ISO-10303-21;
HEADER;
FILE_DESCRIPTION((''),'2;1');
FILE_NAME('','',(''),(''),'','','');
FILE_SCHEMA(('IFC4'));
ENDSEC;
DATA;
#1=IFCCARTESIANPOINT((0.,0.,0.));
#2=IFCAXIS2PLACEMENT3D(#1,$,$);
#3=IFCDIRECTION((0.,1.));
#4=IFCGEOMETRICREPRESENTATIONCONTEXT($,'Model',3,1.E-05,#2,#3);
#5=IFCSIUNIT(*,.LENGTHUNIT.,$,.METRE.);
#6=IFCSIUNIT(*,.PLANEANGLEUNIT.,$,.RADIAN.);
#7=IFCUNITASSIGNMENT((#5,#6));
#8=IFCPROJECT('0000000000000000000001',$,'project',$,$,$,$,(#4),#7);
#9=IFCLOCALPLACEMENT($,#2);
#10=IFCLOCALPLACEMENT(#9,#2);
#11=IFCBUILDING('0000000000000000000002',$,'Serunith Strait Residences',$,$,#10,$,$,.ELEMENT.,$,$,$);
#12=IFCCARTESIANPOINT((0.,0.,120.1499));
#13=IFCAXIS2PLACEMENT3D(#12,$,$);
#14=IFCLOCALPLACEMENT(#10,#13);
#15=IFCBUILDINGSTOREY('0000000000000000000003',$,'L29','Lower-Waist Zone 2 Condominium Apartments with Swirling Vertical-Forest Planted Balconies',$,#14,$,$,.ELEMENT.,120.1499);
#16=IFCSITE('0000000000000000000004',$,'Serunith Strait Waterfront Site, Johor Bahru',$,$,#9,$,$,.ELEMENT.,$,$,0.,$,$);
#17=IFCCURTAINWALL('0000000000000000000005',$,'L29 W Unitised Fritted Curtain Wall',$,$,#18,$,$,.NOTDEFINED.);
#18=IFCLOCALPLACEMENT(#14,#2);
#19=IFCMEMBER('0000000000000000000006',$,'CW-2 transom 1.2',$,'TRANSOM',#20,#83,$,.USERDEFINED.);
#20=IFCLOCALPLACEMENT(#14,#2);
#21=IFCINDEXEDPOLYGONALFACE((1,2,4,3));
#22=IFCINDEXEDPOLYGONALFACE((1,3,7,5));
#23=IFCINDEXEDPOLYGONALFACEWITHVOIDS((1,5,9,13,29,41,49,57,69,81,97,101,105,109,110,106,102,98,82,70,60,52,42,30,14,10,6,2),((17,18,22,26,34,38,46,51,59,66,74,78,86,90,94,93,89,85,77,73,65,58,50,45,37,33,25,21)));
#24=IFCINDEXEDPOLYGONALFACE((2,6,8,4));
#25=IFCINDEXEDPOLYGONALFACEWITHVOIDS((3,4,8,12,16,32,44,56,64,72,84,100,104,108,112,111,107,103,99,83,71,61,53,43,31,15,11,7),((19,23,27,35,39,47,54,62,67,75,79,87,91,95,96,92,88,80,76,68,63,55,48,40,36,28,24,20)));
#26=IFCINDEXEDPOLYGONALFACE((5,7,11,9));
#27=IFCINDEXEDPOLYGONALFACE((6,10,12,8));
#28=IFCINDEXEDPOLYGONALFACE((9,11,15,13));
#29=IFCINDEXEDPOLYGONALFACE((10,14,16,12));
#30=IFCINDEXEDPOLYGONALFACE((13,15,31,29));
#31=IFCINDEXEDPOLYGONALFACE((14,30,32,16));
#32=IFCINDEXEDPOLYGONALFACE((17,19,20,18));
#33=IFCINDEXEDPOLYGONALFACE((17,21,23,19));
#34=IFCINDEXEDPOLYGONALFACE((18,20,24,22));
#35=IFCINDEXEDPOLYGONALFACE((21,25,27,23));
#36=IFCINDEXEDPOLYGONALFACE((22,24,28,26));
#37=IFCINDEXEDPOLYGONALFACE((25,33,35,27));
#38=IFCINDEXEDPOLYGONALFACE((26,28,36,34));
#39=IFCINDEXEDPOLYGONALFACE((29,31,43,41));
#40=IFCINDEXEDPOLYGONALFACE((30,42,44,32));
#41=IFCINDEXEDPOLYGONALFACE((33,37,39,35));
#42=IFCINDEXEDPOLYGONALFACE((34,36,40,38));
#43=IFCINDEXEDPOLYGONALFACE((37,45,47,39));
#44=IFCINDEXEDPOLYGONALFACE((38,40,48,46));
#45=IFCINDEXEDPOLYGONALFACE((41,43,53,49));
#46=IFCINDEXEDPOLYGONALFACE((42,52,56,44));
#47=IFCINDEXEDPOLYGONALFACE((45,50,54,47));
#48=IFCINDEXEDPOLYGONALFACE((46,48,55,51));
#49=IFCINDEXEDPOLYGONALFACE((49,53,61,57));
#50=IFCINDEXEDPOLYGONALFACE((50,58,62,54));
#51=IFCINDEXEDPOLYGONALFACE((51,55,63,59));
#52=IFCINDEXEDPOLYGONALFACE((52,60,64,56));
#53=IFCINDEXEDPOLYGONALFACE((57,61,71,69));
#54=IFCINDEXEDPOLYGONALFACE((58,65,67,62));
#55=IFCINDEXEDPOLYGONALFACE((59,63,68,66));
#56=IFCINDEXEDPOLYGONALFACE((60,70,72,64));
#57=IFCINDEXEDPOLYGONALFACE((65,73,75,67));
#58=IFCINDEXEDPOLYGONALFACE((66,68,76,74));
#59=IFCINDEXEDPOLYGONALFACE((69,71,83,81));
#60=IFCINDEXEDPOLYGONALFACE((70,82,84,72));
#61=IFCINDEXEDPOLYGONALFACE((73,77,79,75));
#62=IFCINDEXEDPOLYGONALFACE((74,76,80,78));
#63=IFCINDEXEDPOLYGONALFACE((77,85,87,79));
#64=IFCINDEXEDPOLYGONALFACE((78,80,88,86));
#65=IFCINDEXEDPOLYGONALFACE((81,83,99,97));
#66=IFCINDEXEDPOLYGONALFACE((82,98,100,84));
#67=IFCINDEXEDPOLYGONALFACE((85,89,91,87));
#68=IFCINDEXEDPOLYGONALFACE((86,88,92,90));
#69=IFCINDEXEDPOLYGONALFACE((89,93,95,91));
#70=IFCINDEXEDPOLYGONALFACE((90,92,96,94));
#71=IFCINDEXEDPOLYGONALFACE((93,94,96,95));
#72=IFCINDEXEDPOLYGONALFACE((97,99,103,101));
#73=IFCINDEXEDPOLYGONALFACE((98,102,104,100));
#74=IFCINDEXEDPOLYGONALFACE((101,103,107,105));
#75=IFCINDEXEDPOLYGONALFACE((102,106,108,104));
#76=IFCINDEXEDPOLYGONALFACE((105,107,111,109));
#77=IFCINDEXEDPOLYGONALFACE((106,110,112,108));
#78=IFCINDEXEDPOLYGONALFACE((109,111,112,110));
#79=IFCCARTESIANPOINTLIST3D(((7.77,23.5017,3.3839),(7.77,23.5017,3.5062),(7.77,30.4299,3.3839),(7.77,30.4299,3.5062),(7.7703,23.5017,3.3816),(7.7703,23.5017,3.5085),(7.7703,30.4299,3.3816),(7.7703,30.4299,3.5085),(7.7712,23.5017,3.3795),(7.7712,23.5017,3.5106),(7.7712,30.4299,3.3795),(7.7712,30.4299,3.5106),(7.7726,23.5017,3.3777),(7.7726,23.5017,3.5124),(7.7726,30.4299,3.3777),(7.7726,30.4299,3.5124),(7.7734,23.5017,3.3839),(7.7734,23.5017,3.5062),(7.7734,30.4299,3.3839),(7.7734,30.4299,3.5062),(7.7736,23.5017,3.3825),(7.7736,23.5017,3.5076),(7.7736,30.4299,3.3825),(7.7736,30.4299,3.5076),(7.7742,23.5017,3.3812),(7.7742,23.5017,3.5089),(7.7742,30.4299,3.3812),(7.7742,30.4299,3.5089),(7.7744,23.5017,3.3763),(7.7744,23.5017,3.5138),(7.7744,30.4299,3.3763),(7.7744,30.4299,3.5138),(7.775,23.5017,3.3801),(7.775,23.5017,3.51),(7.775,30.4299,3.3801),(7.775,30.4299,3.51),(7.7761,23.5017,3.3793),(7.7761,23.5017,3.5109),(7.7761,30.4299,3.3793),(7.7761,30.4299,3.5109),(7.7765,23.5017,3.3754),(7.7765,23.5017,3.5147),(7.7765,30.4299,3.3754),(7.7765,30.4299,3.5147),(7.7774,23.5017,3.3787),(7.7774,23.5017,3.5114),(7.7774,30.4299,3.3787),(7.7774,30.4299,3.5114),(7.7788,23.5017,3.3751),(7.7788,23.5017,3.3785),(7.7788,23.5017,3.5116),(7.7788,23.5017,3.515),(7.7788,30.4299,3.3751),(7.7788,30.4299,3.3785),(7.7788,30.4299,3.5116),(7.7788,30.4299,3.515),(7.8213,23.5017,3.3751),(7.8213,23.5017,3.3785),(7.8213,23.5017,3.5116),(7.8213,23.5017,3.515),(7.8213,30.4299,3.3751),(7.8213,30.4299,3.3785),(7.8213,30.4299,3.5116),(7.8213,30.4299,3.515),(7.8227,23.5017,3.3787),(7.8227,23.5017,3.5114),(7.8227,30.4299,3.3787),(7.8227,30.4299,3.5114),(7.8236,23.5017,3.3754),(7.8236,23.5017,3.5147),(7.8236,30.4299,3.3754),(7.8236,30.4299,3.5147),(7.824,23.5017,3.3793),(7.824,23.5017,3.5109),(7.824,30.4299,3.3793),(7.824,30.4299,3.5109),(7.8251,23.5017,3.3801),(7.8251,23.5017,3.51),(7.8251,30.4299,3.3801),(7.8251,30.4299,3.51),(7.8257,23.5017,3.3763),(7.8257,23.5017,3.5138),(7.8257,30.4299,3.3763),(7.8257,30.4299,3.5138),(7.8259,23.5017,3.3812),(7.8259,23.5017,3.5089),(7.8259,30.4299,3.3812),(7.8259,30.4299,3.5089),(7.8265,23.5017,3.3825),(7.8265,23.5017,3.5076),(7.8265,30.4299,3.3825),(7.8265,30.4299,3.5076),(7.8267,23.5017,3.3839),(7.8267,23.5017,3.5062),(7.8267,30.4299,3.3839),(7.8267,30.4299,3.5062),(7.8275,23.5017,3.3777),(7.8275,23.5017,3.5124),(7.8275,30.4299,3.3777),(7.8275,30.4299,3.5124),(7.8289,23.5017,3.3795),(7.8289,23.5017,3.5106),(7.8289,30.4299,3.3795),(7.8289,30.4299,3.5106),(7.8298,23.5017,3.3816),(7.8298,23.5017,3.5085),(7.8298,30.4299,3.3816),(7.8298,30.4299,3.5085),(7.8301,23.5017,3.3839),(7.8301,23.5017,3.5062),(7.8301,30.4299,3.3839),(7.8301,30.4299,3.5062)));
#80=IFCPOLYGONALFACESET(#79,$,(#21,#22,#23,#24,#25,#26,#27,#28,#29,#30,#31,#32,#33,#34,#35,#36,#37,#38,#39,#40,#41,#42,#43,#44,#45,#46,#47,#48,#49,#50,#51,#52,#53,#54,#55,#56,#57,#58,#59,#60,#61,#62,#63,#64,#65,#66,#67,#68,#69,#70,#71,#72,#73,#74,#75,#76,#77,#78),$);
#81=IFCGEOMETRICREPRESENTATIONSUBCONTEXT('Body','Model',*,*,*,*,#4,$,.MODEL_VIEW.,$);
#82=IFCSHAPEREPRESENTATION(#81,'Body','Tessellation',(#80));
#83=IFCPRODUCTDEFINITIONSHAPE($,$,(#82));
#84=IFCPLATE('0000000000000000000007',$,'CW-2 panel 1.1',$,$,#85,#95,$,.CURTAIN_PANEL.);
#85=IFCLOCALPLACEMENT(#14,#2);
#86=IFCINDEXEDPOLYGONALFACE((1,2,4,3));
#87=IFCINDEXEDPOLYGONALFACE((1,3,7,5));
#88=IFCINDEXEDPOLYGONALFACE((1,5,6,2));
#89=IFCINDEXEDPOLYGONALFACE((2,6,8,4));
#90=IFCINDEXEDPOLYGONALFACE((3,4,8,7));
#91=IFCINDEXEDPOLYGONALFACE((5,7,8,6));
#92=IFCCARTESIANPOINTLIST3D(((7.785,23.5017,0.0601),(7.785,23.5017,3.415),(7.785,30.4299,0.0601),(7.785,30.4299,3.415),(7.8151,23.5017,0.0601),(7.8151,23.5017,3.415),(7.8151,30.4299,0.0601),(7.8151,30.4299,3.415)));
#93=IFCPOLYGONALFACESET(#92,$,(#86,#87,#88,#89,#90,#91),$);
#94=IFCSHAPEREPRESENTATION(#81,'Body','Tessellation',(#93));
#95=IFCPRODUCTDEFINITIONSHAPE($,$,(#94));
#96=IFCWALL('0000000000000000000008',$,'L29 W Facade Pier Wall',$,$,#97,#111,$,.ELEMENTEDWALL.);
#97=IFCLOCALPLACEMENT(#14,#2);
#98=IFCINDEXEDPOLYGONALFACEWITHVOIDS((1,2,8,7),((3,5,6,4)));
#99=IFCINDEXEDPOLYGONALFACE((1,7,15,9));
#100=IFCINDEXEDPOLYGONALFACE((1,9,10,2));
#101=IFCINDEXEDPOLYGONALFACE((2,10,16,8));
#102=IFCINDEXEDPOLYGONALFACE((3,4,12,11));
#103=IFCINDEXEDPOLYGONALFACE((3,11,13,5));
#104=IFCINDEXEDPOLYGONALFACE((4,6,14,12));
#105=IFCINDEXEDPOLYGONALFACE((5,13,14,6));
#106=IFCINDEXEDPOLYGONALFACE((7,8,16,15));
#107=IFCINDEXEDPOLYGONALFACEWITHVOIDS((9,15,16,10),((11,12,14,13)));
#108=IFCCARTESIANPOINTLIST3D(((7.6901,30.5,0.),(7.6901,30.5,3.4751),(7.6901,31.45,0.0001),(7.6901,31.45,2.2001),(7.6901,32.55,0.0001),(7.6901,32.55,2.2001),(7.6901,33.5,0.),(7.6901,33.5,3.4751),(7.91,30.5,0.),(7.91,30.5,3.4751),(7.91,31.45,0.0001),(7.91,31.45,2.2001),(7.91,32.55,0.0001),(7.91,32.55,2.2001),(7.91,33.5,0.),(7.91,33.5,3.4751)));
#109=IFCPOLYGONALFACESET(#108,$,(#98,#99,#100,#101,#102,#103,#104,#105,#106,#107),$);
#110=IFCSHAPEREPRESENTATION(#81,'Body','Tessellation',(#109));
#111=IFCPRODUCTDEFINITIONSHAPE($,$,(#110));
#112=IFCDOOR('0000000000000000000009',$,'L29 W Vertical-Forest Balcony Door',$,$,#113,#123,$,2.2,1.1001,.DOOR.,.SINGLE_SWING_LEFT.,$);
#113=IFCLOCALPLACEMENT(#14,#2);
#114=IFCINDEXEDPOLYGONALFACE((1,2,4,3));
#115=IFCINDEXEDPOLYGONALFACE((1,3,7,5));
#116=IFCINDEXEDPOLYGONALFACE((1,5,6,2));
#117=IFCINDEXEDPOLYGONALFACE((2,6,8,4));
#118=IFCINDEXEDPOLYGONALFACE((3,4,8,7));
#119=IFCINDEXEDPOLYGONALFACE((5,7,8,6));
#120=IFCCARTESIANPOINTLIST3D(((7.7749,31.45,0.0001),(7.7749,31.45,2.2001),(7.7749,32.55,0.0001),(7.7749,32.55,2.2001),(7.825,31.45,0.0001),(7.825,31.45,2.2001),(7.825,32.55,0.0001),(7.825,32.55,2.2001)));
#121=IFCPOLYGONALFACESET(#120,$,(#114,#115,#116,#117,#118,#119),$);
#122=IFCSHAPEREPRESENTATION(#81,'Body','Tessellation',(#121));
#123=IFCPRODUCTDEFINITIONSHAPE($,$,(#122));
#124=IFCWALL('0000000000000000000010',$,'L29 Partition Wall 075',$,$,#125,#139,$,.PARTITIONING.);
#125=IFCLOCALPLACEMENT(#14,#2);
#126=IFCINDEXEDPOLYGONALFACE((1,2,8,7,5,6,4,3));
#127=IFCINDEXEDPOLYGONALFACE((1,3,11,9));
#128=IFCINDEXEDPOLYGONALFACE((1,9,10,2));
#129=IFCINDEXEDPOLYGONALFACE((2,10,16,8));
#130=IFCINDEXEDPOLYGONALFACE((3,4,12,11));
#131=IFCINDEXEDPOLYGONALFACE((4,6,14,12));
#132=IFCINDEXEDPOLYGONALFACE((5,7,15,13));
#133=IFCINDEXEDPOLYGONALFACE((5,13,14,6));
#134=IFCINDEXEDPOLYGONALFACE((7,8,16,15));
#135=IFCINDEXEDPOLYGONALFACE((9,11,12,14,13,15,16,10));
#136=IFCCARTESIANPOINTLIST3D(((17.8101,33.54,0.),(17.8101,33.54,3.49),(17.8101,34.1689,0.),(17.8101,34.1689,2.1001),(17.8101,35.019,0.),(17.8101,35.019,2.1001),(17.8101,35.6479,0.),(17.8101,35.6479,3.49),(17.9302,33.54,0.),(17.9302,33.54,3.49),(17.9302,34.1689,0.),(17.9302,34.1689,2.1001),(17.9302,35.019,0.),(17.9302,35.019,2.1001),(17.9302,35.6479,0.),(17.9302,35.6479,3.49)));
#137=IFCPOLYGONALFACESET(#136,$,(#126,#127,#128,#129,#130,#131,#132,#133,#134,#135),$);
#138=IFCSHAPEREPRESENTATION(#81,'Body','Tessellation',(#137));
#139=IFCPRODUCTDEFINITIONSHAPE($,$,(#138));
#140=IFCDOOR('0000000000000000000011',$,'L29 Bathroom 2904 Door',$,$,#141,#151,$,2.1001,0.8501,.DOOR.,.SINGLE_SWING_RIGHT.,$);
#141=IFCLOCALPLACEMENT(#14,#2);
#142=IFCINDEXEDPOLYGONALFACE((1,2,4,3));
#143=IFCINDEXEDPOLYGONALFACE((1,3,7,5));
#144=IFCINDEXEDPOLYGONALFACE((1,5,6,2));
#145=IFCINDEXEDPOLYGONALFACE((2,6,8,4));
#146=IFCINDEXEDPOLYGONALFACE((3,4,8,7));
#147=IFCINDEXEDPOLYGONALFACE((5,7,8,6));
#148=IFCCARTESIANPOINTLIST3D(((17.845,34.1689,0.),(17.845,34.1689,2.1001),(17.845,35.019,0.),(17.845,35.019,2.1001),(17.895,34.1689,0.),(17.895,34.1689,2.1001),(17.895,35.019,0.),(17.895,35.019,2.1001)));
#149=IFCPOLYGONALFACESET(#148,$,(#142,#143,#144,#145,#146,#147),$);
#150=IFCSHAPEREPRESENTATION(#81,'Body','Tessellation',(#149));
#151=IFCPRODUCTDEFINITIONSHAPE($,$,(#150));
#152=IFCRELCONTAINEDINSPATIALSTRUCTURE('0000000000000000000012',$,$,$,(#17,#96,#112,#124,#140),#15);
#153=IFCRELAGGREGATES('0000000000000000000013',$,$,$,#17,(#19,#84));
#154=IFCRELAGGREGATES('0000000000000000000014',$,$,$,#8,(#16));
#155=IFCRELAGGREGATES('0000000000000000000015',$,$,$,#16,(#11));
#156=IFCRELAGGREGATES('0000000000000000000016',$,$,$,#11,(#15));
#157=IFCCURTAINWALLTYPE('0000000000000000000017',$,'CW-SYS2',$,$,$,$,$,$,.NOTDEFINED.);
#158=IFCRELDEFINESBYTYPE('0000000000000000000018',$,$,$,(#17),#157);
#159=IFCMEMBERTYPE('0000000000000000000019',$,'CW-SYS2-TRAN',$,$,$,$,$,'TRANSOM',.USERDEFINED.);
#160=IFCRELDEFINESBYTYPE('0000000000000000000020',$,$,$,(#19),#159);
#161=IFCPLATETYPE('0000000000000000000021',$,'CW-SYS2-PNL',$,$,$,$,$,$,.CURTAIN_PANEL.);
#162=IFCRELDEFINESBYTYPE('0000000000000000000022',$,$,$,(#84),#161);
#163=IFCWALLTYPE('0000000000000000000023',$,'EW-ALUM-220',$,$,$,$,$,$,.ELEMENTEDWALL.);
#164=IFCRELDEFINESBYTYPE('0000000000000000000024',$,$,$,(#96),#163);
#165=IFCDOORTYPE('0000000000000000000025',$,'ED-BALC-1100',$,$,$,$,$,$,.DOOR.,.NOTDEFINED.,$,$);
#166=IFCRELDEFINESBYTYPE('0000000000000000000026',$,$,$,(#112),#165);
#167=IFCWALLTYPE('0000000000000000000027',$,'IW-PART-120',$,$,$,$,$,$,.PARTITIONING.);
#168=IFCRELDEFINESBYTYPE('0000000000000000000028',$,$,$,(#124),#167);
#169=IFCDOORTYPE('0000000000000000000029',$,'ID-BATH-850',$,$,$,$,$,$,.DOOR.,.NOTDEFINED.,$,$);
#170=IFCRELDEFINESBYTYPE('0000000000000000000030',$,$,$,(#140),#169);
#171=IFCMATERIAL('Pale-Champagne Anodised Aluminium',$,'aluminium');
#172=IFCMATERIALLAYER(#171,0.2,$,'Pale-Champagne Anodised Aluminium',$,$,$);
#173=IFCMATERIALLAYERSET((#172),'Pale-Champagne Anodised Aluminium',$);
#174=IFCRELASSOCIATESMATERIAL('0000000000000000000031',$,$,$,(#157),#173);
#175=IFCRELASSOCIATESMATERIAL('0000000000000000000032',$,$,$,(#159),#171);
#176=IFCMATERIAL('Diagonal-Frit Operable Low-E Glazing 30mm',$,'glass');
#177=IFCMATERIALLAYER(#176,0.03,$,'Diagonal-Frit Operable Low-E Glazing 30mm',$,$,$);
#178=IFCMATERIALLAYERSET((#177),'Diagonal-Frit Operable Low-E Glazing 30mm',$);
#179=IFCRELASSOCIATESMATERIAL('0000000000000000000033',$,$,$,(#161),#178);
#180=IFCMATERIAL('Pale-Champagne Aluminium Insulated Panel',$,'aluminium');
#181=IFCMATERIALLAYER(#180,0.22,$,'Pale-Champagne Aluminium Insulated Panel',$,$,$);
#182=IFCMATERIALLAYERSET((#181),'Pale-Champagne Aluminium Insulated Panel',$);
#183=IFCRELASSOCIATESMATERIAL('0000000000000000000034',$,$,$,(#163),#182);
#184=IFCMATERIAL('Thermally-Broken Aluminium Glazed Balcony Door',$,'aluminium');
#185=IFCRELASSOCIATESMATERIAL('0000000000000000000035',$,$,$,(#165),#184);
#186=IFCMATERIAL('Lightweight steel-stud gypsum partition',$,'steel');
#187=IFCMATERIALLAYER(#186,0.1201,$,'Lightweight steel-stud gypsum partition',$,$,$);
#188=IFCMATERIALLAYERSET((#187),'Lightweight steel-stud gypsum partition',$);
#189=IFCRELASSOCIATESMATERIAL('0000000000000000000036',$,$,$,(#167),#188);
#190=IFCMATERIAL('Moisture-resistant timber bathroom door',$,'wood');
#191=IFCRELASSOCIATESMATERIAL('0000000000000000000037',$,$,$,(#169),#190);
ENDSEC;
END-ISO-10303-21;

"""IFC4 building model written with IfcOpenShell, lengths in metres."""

from ifc_helpers import new_model, si_unit, direction, frame, frame_2d, origin, origin_2d, place, context, subcontext, project, spatial, rectangle, hollow_rectangle, extrude, source, transform, mapped, material, layer, layer_set, material_profile, profile_set, type_object, element, fill, aggregate, save


model = new_model("IFC4")

# Units and contexts
model_context = context("Model", 3, precision=1e-05, world=origin(), true_north=direction((0.0, 1.0)))
body_context = subcontext(model_context, "Body", "Model", "MODEL_VIEW")
ifc_project = project(units=[si_unit("LENGTHUNIT", "METRE"), si_unit("PLANEANGLEUNIT", "RADIAN")], contexts=[model_context])

# Site, building, storey
site_placement = place(None, origin())
site = spatial("IfcSite", under=ifc_project, at=site_placement, Name="Serunith Strait Waterfront Site, Johor Bahru", CompositionType="ELEMENT", RefElevation=0.0)
building_placement = place(site_placement, origin())
building = spatial("IfcBuilding", under=site, at=building_placement, Name="Serunith Strait Residences", CompositionType="ELEMENT")
storey_placement = place(building_placement, frame((0.0, 0.0, 120.1499)))
storey = spatial("IfcBuildingStorey", under=building, at=storey_placement, Name="L29", Description="Lower-Waist Zone 2 Condominium Apartments with Swirling Vertical-Forest Planted Balconies", CompositionType="ELEMENT", Elevation=120.1499)

# Shared definitions
ifc_material_1 = material(Name="Pale-Champagne Anodised Aluminium", Category="aluminium")
ifc_layer_1 = layer(ifc_material_1, 0.2, Name="Pale-Champagne Anodised Aluminium")
ifc_layer_set_1 = layer_set([ifc_layer_1], Name="Pale-Champagne Anodised Aluminium")
curtain_wall_type = type_object("IfcCurtainWallType", Name="CW-SYS2", PredefinedType="NOTDEFINED", material=ifc_layer_set_1)

# Curtain wall, member, plate
curtain_wall_1_placement = place(storey_placement, origin())
curtain_wall_1 = element("IfcCurtainWall", 1, at=curtain_wall_1_placement, inside=storey, type_object=curtain_wall_type, Name="L29 W Unitised Fritted Curtain Wall", PredefinedType="NOTDEFINED")
ifc_material_profile_1 = material_profile(ifc_material_1, hollow_rectangle(XDim=0.0601, YDim=0.1399, WallThickness=0.0034, InnerFilletRadius=0.0054, OuterFilletRadius=0.0088, at=origin_2d()), Name="ALU 140x60x3.5")
ifc_profile_set_1 = profile_set([ifc_material_profile_1], Name="Pale-Champagne Anodised Aluminium")
member_type_1 = type_object("IfcMemberType", Name="CW-SYS2-TRAN", ElementType="TRANSOM", PredefinedType="USERDEFINED", material=ifc_profile_set_1)
shared_shape_1 = source(origin(), body_context, "Body", "SweptSolid", [
    extrude(hollow_rectangle(XDim=0.0601, YDim=0.1399, WallThickness=0.0034, InnerFilletRadius=0.0054, OuterFilletRadius=0.0088, at=origin_2d()), origin(), (0.0, 0.0, 1.0), 6.9282),
])
member_1_placement = place(storey_placement, frame((7.8, 30.4299, 3.4451), z_axis=(0.0, -1.0, 0.0), x_axis=(1.0, 0.0, 0.0)))
member_1 = element("IfcMember", 2, at=member_1_placement, type_object=member_type_1, Name="CW-2 transom 1.2", ObjectType="TRANSOM", PredefinedType="USERDEFINED", context=body_context, shape_type="MappedRepresentation", body=[
    mapped(shared_shape_1, transform((0.0, 0.0, 0.0), scale=1.0)),
])
ifc_material_2 = material(Name="Diagonal-Frit Operable Low-E Glazing 30mm", Category="glass")
ifc_layer_2 = layer(ifc_material_2, 0.03, Name="Diagonal-Frit Operable Low-E Glazing 30mm")
ifc_layer_set_2 = layer_set([ifc_layer_2], Name="Diagonal-Frit Operable Low-E Glazing 30mm")
plate_type = type_object("IfcPlateType", Name="CW-SYS2-PNL", PredefinedType="CURTAIN_PANEL", material=ifc_layer_set_2)
shared_shape_2 = source(origin(), body_context, "Body", "SweptSolid", [
    extrude(rectangle(XDim=6.9282, YDim=0.03, at=origin_2d()), origin(), (0.0, 0.0, 1.0), 3.355),
])
plate_placement = place(storey_placement, frame((7.8, 26.9658, 0.0601), z_axis=(0.0, 0.0, 1.0), x_axis=(0.0, -1.0, 0.0)))
plate = element("IfcPlate", 3, at=plate_placement, type_object=plate_type, Name="CW-2 panel 1.1", PredefinedType="CURTAIN_PANEL", context=body_context, shape_type="MappedRepresentation", body=[
    mapped(shared_shape_2, transform((0.0, 0.0, 0.0), scale=1.0)),
])
aggregate(curtain_wall_1, [member_1, plate])

# Walls, openings, doors
ifc_material_3 = material(Name="Pale-Champagne Aluminium Insulated Panel", Category="aluminium")
ifc_layer_3 = layer(ifc_material_3, 0.22, Name="Pale-Champagne Aluminium Insulated Panel")
ifc_layer_set_3 = layer_set([ifc_layer_3], Name="Pale-Champagne Aluminium Insulated Panel")
wall_type_1 = type_object("IfcWallType", Name="EW-ALUM-220", PredefinedType="ELEMENTEDWALL", material=ifc_layer_set_3)
wall_1_placement = place(storey_placement, frame((7.8, 33.5, 0.0), z_axis=(0.0, 0.0, 1.0), x_axis=(0.0, -1.0, 0.0)))
wall_1 = element("IfcWall", 4, at=wall_1_placement, inside=storey, type_object=wall_type_1, Name="L29 W Facade Pier Wall", PredefinedType="ELEMENTEDWALL", context=body_context, shape_type="SweptSolid", body=[
    extrude(rectangle(XDim=3.0, YDim=0.22, at=frame_2d((1.5, 0.0))), origin(), (0.0, 0.0, 1.0), 3.4751),
])
opening_1_placement = place(wall_1_placement, frame((0.95, 0.0, 0.0)))
opening_1 = element("IfcOpeningElement", 5, at=opening_1_placement, cuts=wall_1, PredefinedType="OPENING", context=body_context, shape_type="SweptSolid", body=[
    extrude(rectangle(XDim=1.1001, YDim=2.2, at=frame_2d((0.55, 1.1001))), frame((0.0, 0.1201, 0.0), z_axis=(0.0, -1.0, 0.0), x_axis=(1.0, 0.0, 0.0)), (0.0, 0.0, 1.0), 0.24),
])
ifc_material_4 = material(Name="Thermally-Broken Aluminium Glazed Balcony Door", Category="aluminium")
door_type_1 = type_object("IfcDoorType", Name="ED-BALC-1100", OperationType="NOTDEFINED", PredefinedType="DOOR", material=ifc_material_4)
shared_shape_3 = source(origin(), body_context, "Body", "SweptSolid", [
    extrude(rectangle(XDim=1.1001, YDim=2.2, at=frame_2d((0.55, 1.1001))), frame((0.0, 0.0249, 0.0), z_axis=(0.0, -1.0, 0.0), x_axis=(1.0, 0.0, 0.0)), (0.0, 0.0, 1.0), 0.05),
])
door_1_placement = place(opening_1_placement, origin())
door_1 = element("IfcDoor", 6, at=door_1_placement, inside=storey, type_object=door_type_1, Name="L29 W Vertical-Forest Balcony Door", OperationType="SINGLE_SWING_LEFT", OverallHeight=2.2, OverallWidth=1.1001, PredefinedType="DOOR", context=body_context, shape_type="MappedRepresentation", body=[
    mapped(shared_shape_3, transform((0.0, 0.0, 0.0), scale=1.0)),
])
fill(opening_1, door_1)
ifc_material_5 = material(Name="Lightweight steel-stud gypsum partition", Category="steel")
ifc_layer_4 = layer(ifc_material_5, 0.1201, Name="Lightweight steel-stud gypsum partition")
ifc_layer_set_4 = layer_set([ifc_layer_4], Name="Lightweight steel-stud gypsum partition")
wall_type_2 = type_object("IfcWallType", Name="IW-PART-120", PredefinedType="PARTITIONING", material=ifc_layer_set_4)
wall_2_placement = place(storey_placement, frame((17.8701, 35.6479, 0.0), z_axis=(0.0, 0.0, 1.0), x_axis=(0.0, -1.0, 0.0)))
wall_2 = element("IfcWall", 7, at=wall_2_placement, inside=storey, type_object=wall_type_2, Name="L29 Partition Wall 075", PredefinedType="PARTITIONING", context=body_context, shape_type="SweptSolid", body=[
    extrude(rectangle(XDim=2.1079, YDim=0.1201, at=frame_2d((1.054, 0.0))), origin(), (0.0, 0.0, 1.0), 3.49),
])
opening_2_placement = place(wall_2_placement, frame((0.6289, 0.0, 0.0)))
opening_2 = element("IfcOpeningElement", 8, at=opening_2_placement, cuts=wall_2, PredefinedType="OPENING", context=body_context, shape_type="SweptSolid", body=[
    extrude(rectangle(XDim=0.8501, YDim=2.1001, at=frame_2d((0.425, 1.05))), frame((0.0, 0.0701, 0.0), z_axis=(0.0, -1.0, 0.0), x_axis=(1.0, 0.0, 0.0)), (0.0, 0.0, 1.0), 0.1401),
])
ifc_material_6 = material(Name="Moisture-resistant timber bathroom door", Category="wood")
door_type_2 = type_object("IfcDoorType", Name="ID-BATH-850", OperationType="NOTDEFINED", PredefinedType="DOOR", material=ifc_material_6)
shared_shape_4 = source(origin(), body_context, "Body", "SweptSolid", [
    extrude(rectangle(XDim=0.8501, YDim=2.1001, at=frame_2d((0.425, 1.05))), frame((0.0, 0.0249, 0.0), z_axis=(0.0, -1.0, 0.0), x_axis=(1.0, 0.0, 0.0)), (0.0, 0.0, 1.0), 0.05),
])
door_2_placement = place(opening_2_placement, origin())
door_2 = element("IfcDoor", 9, at=door_2_placement, inside=storey, type_object=door_type_2, Name="L29 Bathroom 2904 Door", OperationType="SINGLE_SWING_RIGHT", OverallHeight=2.1001, OverallWidth=0.8501, PredefinedType="DOOR", context=body_context, shape_type="MappedRepresentation", body=[
    mapped(shared_shape_4, transform((0.0, 0.0, 0.0), scale=1.0)),
])
fill(opening_2, door_2)

save(model, "model.ifc")
